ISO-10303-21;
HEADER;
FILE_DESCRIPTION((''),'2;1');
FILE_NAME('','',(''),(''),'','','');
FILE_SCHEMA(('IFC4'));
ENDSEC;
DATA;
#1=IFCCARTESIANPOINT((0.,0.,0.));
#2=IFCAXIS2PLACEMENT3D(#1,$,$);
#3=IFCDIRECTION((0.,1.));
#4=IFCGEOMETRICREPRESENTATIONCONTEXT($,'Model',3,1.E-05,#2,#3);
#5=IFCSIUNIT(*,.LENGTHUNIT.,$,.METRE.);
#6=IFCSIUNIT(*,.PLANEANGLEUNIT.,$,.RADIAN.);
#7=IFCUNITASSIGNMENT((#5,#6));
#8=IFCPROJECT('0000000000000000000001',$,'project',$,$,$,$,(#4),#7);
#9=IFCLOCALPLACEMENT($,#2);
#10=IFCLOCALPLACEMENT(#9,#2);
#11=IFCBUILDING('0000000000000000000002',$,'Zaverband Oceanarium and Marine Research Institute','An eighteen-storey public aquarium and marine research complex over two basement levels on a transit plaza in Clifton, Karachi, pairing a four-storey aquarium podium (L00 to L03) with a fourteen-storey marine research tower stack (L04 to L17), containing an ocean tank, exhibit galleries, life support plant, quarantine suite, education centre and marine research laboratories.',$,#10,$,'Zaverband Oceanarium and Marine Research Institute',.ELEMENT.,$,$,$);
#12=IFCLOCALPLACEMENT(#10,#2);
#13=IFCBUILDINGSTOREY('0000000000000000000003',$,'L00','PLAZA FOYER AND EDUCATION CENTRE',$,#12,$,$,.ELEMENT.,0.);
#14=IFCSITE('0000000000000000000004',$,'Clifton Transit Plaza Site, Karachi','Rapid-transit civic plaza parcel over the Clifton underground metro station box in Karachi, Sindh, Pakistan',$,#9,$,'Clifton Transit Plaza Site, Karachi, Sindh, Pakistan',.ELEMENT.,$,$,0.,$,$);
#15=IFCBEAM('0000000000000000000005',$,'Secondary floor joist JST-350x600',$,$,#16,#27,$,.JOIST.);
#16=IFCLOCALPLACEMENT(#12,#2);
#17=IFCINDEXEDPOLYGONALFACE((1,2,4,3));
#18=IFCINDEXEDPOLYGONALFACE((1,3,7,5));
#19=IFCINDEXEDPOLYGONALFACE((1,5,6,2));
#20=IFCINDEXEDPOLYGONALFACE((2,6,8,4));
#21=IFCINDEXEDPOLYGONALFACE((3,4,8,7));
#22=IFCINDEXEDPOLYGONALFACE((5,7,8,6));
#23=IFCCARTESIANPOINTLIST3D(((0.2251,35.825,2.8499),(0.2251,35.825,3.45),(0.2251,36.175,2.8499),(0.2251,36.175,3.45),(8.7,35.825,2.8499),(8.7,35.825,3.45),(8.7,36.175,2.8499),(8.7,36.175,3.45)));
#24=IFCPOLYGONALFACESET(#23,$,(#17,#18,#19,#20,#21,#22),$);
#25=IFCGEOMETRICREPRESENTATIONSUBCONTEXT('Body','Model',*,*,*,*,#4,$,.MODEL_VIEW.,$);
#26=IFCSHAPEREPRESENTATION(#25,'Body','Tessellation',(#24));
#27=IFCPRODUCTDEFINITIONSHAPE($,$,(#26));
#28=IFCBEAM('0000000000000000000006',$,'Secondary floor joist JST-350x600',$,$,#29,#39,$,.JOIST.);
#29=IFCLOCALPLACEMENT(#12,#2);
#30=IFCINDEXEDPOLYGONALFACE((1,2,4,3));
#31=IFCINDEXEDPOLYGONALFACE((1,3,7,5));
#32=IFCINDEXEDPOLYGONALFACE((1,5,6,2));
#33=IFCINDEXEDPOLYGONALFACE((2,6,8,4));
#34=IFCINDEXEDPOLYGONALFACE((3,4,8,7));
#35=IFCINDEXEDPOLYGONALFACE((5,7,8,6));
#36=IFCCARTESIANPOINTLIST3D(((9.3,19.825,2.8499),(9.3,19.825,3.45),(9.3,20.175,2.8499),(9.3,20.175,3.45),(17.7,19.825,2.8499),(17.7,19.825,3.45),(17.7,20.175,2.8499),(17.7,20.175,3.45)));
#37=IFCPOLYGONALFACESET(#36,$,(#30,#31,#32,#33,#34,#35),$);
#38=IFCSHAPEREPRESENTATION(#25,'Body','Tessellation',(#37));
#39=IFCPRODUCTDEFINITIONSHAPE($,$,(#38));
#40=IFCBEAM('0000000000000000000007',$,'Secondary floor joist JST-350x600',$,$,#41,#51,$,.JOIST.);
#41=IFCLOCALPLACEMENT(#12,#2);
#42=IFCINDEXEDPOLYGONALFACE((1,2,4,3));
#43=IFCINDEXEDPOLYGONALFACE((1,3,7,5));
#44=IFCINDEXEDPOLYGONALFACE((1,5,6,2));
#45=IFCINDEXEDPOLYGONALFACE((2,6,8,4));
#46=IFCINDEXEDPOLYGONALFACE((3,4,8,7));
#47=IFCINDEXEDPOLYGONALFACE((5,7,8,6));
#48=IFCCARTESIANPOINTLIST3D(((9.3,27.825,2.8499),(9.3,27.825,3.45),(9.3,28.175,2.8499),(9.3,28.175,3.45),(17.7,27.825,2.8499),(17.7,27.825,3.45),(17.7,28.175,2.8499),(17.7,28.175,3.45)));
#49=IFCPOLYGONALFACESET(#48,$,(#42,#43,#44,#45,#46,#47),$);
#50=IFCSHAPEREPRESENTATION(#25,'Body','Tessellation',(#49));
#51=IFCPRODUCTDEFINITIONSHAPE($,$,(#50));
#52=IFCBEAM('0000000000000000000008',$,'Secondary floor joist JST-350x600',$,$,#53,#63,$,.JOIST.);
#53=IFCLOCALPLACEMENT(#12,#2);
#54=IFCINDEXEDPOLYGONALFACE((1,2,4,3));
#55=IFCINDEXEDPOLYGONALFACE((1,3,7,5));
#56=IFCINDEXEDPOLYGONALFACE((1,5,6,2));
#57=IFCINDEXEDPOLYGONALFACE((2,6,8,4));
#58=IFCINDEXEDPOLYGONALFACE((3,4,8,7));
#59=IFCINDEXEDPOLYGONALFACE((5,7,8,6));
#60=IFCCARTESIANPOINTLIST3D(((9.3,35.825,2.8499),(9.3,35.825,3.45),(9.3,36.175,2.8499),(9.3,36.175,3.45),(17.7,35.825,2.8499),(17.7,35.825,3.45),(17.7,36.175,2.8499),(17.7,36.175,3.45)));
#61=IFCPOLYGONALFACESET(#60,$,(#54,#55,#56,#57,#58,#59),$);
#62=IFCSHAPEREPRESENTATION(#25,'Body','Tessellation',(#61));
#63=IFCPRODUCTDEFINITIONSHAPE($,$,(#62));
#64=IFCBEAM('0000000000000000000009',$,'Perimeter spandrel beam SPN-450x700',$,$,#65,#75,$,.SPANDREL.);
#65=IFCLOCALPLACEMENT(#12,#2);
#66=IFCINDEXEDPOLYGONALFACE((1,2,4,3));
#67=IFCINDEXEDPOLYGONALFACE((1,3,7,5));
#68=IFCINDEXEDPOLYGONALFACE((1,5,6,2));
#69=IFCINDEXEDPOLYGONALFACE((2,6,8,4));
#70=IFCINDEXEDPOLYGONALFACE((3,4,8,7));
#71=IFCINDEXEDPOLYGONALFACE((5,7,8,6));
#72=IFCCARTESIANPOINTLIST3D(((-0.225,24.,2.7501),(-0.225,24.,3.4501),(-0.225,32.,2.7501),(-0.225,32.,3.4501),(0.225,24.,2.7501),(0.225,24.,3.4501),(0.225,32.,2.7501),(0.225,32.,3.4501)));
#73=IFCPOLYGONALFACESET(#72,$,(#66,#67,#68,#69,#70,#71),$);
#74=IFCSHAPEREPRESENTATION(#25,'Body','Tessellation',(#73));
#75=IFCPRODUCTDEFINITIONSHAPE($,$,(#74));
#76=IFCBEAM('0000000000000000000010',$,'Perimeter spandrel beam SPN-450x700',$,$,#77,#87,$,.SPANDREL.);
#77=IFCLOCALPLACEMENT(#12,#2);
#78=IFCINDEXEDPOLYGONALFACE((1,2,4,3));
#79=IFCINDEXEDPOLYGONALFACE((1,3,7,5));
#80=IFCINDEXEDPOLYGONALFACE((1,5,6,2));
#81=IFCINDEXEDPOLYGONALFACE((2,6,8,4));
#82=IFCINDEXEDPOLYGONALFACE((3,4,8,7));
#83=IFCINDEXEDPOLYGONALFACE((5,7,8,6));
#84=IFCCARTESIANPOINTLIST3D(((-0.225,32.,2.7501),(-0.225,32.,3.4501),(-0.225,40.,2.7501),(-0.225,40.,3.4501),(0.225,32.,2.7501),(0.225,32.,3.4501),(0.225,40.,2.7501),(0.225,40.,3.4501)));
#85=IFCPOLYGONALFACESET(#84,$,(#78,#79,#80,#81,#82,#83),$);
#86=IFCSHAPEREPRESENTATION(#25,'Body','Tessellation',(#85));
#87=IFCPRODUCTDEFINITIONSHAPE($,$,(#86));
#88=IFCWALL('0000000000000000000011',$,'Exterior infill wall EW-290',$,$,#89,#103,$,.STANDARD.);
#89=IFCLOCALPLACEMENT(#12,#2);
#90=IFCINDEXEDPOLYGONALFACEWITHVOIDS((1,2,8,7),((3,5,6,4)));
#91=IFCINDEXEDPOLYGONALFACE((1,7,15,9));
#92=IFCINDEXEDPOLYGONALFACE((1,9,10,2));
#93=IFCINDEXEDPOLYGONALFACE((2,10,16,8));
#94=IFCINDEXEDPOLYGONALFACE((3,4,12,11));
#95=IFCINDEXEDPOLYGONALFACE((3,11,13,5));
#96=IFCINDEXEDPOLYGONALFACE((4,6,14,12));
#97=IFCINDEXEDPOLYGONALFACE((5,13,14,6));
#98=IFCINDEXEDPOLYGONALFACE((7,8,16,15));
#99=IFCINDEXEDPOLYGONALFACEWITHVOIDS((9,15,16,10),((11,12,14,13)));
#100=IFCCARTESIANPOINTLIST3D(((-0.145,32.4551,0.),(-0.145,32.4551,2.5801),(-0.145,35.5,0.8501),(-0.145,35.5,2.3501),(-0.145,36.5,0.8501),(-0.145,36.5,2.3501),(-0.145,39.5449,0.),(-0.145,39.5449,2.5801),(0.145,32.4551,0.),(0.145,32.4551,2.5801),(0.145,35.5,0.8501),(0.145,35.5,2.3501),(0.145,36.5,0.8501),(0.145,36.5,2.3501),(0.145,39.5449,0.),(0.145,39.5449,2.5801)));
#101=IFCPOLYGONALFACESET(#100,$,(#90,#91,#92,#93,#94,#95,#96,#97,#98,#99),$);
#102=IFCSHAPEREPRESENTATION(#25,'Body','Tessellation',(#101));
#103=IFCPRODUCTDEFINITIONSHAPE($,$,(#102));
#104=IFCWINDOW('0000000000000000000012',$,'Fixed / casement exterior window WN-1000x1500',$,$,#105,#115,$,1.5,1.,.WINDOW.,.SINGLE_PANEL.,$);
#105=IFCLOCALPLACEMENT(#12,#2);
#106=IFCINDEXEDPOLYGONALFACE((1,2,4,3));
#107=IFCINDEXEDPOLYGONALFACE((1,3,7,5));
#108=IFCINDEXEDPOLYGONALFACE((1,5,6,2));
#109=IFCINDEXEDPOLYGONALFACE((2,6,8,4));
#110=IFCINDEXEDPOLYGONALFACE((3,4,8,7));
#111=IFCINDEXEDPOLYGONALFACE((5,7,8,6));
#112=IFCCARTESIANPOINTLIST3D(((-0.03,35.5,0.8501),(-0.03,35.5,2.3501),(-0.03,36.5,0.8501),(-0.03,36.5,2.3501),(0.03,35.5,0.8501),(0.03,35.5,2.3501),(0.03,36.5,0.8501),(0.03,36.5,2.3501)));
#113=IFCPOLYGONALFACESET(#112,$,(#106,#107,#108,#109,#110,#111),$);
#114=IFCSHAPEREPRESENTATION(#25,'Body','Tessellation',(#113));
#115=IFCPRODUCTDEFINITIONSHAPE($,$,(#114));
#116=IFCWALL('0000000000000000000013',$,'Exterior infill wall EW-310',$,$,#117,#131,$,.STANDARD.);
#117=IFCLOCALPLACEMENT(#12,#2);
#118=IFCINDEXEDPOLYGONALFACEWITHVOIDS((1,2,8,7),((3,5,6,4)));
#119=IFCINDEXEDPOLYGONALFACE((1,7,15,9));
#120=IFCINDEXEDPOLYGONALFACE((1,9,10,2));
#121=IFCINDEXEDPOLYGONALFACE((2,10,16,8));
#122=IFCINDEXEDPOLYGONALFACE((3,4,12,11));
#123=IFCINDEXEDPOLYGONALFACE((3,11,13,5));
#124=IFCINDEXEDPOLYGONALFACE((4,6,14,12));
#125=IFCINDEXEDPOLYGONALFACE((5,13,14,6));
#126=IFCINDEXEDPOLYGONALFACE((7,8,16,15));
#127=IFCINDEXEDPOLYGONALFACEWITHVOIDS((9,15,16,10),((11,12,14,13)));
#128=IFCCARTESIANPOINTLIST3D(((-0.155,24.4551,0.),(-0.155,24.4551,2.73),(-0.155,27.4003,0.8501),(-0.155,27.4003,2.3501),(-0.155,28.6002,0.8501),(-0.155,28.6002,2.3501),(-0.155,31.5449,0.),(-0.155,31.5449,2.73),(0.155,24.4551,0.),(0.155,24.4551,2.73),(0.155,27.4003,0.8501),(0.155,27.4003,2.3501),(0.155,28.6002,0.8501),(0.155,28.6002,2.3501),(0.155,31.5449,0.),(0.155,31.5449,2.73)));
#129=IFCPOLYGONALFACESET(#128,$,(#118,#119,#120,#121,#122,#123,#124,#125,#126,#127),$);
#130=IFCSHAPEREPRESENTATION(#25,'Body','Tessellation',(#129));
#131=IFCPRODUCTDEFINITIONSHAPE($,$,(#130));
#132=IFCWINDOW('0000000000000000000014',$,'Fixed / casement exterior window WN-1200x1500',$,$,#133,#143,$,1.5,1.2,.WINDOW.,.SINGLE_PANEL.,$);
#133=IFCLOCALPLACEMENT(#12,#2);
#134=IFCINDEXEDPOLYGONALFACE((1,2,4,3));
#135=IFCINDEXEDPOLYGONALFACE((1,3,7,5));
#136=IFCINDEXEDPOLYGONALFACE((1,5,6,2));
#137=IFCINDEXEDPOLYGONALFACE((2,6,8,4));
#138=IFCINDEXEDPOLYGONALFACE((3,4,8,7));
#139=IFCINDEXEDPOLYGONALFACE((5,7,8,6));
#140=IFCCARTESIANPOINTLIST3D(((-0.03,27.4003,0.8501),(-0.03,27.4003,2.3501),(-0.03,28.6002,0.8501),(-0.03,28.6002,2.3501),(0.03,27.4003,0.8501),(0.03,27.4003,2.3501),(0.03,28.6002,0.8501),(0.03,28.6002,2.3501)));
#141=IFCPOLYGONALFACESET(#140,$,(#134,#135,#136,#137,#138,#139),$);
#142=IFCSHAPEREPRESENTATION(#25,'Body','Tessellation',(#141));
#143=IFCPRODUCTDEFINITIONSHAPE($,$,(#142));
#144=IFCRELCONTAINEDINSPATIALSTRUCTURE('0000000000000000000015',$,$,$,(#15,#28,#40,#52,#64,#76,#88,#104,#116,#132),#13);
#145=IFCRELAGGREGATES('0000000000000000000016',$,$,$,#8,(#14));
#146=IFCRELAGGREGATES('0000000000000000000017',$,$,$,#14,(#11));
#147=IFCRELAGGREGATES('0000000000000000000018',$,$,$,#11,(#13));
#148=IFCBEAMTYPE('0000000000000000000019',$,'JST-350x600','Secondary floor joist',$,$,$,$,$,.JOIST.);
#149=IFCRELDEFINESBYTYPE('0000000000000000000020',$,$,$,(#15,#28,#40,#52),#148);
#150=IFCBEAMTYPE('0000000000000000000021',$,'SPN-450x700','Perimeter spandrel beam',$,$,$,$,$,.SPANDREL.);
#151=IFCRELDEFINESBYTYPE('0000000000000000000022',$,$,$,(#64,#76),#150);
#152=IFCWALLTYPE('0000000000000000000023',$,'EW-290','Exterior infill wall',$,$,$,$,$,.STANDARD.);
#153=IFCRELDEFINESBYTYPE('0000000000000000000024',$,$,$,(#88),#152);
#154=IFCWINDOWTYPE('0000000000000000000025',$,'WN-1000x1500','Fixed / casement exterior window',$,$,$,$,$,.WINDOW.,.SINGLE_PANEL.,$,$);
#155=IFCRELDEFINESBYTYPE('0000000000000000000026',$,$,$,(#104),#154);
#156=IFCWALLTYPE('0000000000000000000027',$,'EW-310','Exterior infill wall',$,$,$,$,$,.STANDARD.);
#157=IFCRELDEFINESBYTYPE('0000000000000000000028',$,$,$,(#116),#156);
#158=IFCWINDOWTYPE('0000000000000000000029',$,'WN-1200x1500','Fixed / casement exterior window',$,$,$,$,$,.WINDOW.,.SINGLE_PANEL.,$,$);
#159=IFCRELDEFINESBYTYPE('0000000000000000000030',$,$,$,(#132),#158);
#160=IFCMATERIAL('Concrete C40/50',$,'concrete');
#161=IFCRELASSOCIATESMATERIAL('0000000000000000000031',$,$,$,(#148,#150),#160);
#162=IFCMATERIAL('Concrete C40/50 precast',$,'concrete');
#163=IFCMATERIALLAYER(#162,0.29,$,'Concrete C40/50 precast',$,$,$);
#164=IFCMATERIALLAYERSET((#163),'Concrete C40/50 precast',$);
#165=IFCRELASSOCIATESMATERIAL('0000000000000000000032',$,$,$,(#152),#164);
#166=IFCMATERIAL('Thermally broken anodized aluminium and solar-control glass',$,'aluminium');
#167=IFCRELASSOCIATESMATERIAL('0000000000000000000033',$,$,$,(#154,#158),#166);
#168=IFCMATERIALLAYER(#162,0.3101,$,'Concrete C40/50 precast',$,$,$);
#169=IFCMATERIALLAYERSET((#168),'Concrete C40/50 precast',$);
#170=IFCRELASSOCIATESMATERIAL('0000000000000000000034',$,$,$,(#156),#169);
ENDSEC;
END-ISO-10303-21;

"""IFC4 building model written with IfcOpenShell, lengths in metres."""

from ifc_helpers import new_model, si_unit, direction, frame, frame_2d, origin, origin_2d, place, context, subcontext, project, spatial, rectangle, extrude, material, layer, layer_set, material_profile, profile_set, type_object, element, fill, save


model = new_model("IFC4")

# Units and contexts
model_context = context("Model", 3, precision=1e-05, world=origin(), true_north=direction((0.0, 1.0)))
body_context = subcontext(model_context, "Body", "Model", "MODEL_VIEW")
ifc_project = project(units=[si_unit("LENGTHUNIT", "METRE"), si_unit("PLANEANGLEUNIT", "RADIAN")], contexts=[model_context])

# Site, building, storey
site_placement = place(None, origin())
site = spatial("IfcSite", under=ifc_project, at=site_placement, Name="Clifton Transit Plaza Site, Karachi", Description="Rapid-transit civic plaza parcel over the Clifton underground metro station box in Karachi, Sindh, Pakistan", LongName="Clifton Transit Plaza Site, Karachi, Sindh, Pakistan", CompositionType="ELEMENT", RefElevation=0.0)
building_placement = place(site_placement, origin())
building = spatial("IfcBuilding", under=site, at=building_placement, Name="Zaverband Oceanarium and Marine Research Institute", Description="An eighteen-storey public aquarium and marine research complex over two basement levels on a transit plaza in Clifton, Karachi, pairing a four-storey aquarium podium (L00 to L03) with a fourteen-storey marine research tower stack (L04 to L17), containing an ocean tank, exhibit galleries, life support plant, quarantine suite, education centre and marine research laboratories.", LongName="Zaverband Oceanarium and Marine Research Institute", CompositionType="ELEMENT")
storey_placement = place(building_placement, origin())
storey = spatial("IfcBuildingStorey", under=building, at=storey_placement, Name="L00", Description="PLAZA FOYER AND EDUCATION CENTRE", CompositionType="ELEMENT", Elevation=0.0)

# Beams
ifc_material_1 = material(Name="Concrete C40/50", Category="concrete")
ifc_material_profile_1 = material_profile(ifc_material_1, rectangle(XDim=0.3501, YDim=0.6001, at=origin_2d()), Name="RC350x600")
ifc_profile_set_1 = profile_set([ifc_material_profile_1], Name="Concrete C40/50")
beam_type_1 = type_object("IfcBeamType", Name="JST-350x600", Description="Secondary floor joist", PredefinedType="JOIST", material=ifc_profile_set_1)
for number, where, z_axis, x_axis, name in (
    (1, (0.2251, 36.0, 3.1499), (1.0, 0.0, 0.0), (0.0, 1.0, 0.0), "Secondary floor joist JST-350x600"),
):
    element("IfcBeam", number, at=place(storey_placement, frame(where, z_axis=z_axis, x_axis=x_axis)), inside=storey, type_object=beam_type_1, Name=name, PredefinedType="JOIST", context=body_context, shape_type="SweptSolid", body=[
        extrude(rectangle(XDim=0.3501, YDim=0.6001, at=origin_2d()), origin(), (0.0, 0.0, 1.0), 8.4749),
    ])
for number, where, z_axis, x_axis, name in (
    (2, (9.3, 20.0, 3.1499), (1.0, 0.0, 0.0), (0.0, 1.0, 0.0), "Secondary floor joist JST-350x600"),
    (3, (9.3, 28.0, 3.1499), (1.0, 0.0, 0.0), (0.0, 1.0, 0.0), "Secondary floor joist JST-350x600"),
    (4, (9.3, 36.0, 3.1499), (1.0, 0.0, 0.0), (0.0, 1.0, 0.0), "Secondary floor joist JST-350x600"),
):
    element("IfcBeam", number, at=place(storey_placement, frame(where, z_axis=z_axis, x_axis=x_axis)), inside=storey, type_object=beam_type_1, Name=name, PredefinedType="JOIST", context=body_context, shape_type="SweptSolid", body=[
        extrude(rectangle(XDim=0.3501, YDim=0.6001, at=origin_2d()), origin(), (0.0, 0.0, 1.0), 8.3999),
    ])
ifc_material_profile_2 = material_profile(ifc_material_1, rectangle(XDim=0.45, YDim=0.7, at=origin_2d()), Name="RC450x700")
ifc_profile_set_2 = profile_set([ifc_material_profile_2], Name="Concrete C40/50")
beam_type_2 = type_object("IfcBeamType", Name="SPN-450x700", Description="Perimeter spandrel beam", PredefinedType="SPANDREL", material=ifc_profile_set_2)
for number, where, z_axis, x_axis, name in (
    (5, (0.0, 24.0, 3.1001), (0.0, 1.0, 0.0), (-1.0, 0.0, 0.0), "Perimeter spandrel beam SPN-450x700"),
    (6, (0.0, 32.0, 3.1001), (0.0, 1.0, 0.0), (-1.0, 0.0, 0.0), "Perimeter spandrel beam SPN-450x700"),
):
    element("IfcBeam", number, at=place(storey_placement, frame(where, z_axis=z_axis, x_axis=x_axis)), inside=storey, type_object=beam_type_2, Name=name, PredefinedType="SPANDREL", context=body_context, shape_type="SweptSolid", body=[
        extrude(rectangle(XDim=0.45, YDim=0.7, at=origin_2d()), origin(), (0.0, 0.0, 1.0), 8.0),
    ])

# Walls, openings, windows
ifc_material_2 = material(Name="Concrete C40/50 precast", Category="concrete")
ifc_layer_1 = layer(ifc_material_2, 0.29, Name="Concrete C40/50 precast")
ifc_layer_set_1 = layer_set([ifc_layer_1], Name="Concrete C40/50 precast")
wall_type_1 = type_object("IfcWallType", Name="EW-290", Description="Exterior infill wall", PredefinedType="STANDARD", material=ifc_layer_set_1)
wall_1_placement = place(storey_placement, frame((0.0, 32.4551, 0.0), z_axis=(0.0, 0.0, 1.0), x_axis=(0.0, 1.0, 0.0)))
wall_1 = element("IfcWall", 7, at=wall_1_placement, inside=storey, type_object=wall_type_1, Name="Exterior infill wall EW-290", PredefinedType="STANDARD", context=body_context, shape_type="SweptSolid", body=[
    extrude(rectangle(XDim=7.0898, YDim=0.29, at=frame_2d((3.5449, 0.0))), origin(), (0.0, 0.0, 1.0), 2.5801),
])
opening_1_placement = place(wall_1_placement, frame((3.0449, 0.0, 0.8501)))
opening_1 = element("IfcOpeningElement", 8, at=opening_1_placement, cuts=wall_1, PredefinedType="OPENING", context=body_context, shape_type="SweptSolid", body=[
    extrude(rectangle(XDim=1.0, YDim=1.5, at=frame_2d((0.5, 0.75))), frame((0.0, 0.157, 0.0), z_axis=(0.0, -1.0, 0.0), x_axis=(1.0, 0.0, 0.0)), (0.0, 0.0, 1.0), 0.314),
])
ifc_material_3 = material(Name="Thermally broken anodized aluminium and solar-control glass", Category="aluminium")
window_type_1 = type_object("IfcWindowType", Name="WN-1000x1500", Description="Fixed / casement exterior window", PartitioningType="SINGLE_PANEL", PredefinedType="WINDOW", material=ifc_material_3)
window_1_placement = place(opening_1_placement, origin())
window_1 = element("IfcWindow", 9, at=window_1_placement, inside=storey, type_object=window_type_1, Name="Fixed / casement exterior window WN-1000x1500", OverallHeight=1.5, OverallWidth=1.0, PartitioningType="SINGLE_PANEL", PredefinedType="WINDOW", context=body_context, shape_type="SweptSolid", body=[
    extrude(rectangle(XDim=1.0, YDim=1.5, at=frame_2d((0.5, 0.75))), frame((0.0, 0.03, 0.0), z_axis=(0.0, -1.0, 0.0), x_axis=(1.0, 0.0, 0.0)), (0.0, 0.0, 1.0), 0.0601),
])
fill(opening_1, window_1)
ifc_layer_2 = layer(ifc_material_2, 0.3101, Name="Concrete C40/50 precast")
ifc_layer_set_2 = layer_set([ifc_layer_2], Name="Concrete C40/50 precast")
wall_type_2 = type_object("IfcWallType", Name="EW-310", Description="Exterior infill wall", PredefinedType="STANDARD", material=ifc_layer_set_2)
wall_2_placement = place(storey_placement, frame((0.0, 24.4551, 0.0), z_axis=(0.0, 0.0, 1.0), x_axis=(0.0, 1.0, 0.0)))
wall_2 = element("IfcWall", 10, at=wall_2_placement, inside=storey, type_object=wall_type_2, Name="Exterior infill wall EW-310", PredefinedType="STANDARD", context=body_context, shape_type="SweptSolid", body=[
    extrude(rectangle(XDim=7.0898, YDim=0.3101, at=frame_2d((3.5449, 0.0))), origin(), (0.0, 0.0, 1.0), 2.73),
])
opening_2_placement = place(wall_2_placement, frame((2.9451, 0.0, 0.8501)))
opening_2 = element("IfcOpeningElement", 11, at=opening_2_placement, cuts=wall_2, PredefinedType="OPENING", context=body_context, shape_type="SweptSolid", body=[
    extrude(rectangle(XDim=1.2, YDim=1.5, at=frame_2d((0.6001, 0.75))), frame((0.0, 0.167, 0.0), z_axis=(0.0, -1.0, 0.0), x_axis=(1.0, 0.0, 0.0)), (0.0, 0.0, 1.0), 0.334),
])
window_type_2 = type_object("IfcWindowType", Name="WN-1200x1500", Description="Fixed / casement exterior window", PartitioningType="SINGLE_PANEL", PredefinedType="WINDOW", material=ifc_material_3)
window_2_placement = place(opening_2_placement, origin())
window_2 = element("IfcWindow", 12, at=window_2_placement, inside=storey, type_object=window_type_2, Name="Fixed / casement exterior window WN-1200x1500", OverallHeight=1.5, OverallWidth=1.2, PartitioningType="SINGLE_PANEL", PredefinedType="WINDOW", context=body_context, shape_type="SweptSolid", body=[
    extrude(rectangle(XDim=1.2, YDim=1.5, at=frame_2d((0.6001, 0.75))), frame((0.0, 0.03, 0.0), z_axis=(0.0, -1.0, 0.0), x_axis=(1.0, 0.0, 0.0)), (0.0, 0.0, 1.0), 0.0601),
])
fill(opening_2, window_2)

save(model, "model.ifc")
